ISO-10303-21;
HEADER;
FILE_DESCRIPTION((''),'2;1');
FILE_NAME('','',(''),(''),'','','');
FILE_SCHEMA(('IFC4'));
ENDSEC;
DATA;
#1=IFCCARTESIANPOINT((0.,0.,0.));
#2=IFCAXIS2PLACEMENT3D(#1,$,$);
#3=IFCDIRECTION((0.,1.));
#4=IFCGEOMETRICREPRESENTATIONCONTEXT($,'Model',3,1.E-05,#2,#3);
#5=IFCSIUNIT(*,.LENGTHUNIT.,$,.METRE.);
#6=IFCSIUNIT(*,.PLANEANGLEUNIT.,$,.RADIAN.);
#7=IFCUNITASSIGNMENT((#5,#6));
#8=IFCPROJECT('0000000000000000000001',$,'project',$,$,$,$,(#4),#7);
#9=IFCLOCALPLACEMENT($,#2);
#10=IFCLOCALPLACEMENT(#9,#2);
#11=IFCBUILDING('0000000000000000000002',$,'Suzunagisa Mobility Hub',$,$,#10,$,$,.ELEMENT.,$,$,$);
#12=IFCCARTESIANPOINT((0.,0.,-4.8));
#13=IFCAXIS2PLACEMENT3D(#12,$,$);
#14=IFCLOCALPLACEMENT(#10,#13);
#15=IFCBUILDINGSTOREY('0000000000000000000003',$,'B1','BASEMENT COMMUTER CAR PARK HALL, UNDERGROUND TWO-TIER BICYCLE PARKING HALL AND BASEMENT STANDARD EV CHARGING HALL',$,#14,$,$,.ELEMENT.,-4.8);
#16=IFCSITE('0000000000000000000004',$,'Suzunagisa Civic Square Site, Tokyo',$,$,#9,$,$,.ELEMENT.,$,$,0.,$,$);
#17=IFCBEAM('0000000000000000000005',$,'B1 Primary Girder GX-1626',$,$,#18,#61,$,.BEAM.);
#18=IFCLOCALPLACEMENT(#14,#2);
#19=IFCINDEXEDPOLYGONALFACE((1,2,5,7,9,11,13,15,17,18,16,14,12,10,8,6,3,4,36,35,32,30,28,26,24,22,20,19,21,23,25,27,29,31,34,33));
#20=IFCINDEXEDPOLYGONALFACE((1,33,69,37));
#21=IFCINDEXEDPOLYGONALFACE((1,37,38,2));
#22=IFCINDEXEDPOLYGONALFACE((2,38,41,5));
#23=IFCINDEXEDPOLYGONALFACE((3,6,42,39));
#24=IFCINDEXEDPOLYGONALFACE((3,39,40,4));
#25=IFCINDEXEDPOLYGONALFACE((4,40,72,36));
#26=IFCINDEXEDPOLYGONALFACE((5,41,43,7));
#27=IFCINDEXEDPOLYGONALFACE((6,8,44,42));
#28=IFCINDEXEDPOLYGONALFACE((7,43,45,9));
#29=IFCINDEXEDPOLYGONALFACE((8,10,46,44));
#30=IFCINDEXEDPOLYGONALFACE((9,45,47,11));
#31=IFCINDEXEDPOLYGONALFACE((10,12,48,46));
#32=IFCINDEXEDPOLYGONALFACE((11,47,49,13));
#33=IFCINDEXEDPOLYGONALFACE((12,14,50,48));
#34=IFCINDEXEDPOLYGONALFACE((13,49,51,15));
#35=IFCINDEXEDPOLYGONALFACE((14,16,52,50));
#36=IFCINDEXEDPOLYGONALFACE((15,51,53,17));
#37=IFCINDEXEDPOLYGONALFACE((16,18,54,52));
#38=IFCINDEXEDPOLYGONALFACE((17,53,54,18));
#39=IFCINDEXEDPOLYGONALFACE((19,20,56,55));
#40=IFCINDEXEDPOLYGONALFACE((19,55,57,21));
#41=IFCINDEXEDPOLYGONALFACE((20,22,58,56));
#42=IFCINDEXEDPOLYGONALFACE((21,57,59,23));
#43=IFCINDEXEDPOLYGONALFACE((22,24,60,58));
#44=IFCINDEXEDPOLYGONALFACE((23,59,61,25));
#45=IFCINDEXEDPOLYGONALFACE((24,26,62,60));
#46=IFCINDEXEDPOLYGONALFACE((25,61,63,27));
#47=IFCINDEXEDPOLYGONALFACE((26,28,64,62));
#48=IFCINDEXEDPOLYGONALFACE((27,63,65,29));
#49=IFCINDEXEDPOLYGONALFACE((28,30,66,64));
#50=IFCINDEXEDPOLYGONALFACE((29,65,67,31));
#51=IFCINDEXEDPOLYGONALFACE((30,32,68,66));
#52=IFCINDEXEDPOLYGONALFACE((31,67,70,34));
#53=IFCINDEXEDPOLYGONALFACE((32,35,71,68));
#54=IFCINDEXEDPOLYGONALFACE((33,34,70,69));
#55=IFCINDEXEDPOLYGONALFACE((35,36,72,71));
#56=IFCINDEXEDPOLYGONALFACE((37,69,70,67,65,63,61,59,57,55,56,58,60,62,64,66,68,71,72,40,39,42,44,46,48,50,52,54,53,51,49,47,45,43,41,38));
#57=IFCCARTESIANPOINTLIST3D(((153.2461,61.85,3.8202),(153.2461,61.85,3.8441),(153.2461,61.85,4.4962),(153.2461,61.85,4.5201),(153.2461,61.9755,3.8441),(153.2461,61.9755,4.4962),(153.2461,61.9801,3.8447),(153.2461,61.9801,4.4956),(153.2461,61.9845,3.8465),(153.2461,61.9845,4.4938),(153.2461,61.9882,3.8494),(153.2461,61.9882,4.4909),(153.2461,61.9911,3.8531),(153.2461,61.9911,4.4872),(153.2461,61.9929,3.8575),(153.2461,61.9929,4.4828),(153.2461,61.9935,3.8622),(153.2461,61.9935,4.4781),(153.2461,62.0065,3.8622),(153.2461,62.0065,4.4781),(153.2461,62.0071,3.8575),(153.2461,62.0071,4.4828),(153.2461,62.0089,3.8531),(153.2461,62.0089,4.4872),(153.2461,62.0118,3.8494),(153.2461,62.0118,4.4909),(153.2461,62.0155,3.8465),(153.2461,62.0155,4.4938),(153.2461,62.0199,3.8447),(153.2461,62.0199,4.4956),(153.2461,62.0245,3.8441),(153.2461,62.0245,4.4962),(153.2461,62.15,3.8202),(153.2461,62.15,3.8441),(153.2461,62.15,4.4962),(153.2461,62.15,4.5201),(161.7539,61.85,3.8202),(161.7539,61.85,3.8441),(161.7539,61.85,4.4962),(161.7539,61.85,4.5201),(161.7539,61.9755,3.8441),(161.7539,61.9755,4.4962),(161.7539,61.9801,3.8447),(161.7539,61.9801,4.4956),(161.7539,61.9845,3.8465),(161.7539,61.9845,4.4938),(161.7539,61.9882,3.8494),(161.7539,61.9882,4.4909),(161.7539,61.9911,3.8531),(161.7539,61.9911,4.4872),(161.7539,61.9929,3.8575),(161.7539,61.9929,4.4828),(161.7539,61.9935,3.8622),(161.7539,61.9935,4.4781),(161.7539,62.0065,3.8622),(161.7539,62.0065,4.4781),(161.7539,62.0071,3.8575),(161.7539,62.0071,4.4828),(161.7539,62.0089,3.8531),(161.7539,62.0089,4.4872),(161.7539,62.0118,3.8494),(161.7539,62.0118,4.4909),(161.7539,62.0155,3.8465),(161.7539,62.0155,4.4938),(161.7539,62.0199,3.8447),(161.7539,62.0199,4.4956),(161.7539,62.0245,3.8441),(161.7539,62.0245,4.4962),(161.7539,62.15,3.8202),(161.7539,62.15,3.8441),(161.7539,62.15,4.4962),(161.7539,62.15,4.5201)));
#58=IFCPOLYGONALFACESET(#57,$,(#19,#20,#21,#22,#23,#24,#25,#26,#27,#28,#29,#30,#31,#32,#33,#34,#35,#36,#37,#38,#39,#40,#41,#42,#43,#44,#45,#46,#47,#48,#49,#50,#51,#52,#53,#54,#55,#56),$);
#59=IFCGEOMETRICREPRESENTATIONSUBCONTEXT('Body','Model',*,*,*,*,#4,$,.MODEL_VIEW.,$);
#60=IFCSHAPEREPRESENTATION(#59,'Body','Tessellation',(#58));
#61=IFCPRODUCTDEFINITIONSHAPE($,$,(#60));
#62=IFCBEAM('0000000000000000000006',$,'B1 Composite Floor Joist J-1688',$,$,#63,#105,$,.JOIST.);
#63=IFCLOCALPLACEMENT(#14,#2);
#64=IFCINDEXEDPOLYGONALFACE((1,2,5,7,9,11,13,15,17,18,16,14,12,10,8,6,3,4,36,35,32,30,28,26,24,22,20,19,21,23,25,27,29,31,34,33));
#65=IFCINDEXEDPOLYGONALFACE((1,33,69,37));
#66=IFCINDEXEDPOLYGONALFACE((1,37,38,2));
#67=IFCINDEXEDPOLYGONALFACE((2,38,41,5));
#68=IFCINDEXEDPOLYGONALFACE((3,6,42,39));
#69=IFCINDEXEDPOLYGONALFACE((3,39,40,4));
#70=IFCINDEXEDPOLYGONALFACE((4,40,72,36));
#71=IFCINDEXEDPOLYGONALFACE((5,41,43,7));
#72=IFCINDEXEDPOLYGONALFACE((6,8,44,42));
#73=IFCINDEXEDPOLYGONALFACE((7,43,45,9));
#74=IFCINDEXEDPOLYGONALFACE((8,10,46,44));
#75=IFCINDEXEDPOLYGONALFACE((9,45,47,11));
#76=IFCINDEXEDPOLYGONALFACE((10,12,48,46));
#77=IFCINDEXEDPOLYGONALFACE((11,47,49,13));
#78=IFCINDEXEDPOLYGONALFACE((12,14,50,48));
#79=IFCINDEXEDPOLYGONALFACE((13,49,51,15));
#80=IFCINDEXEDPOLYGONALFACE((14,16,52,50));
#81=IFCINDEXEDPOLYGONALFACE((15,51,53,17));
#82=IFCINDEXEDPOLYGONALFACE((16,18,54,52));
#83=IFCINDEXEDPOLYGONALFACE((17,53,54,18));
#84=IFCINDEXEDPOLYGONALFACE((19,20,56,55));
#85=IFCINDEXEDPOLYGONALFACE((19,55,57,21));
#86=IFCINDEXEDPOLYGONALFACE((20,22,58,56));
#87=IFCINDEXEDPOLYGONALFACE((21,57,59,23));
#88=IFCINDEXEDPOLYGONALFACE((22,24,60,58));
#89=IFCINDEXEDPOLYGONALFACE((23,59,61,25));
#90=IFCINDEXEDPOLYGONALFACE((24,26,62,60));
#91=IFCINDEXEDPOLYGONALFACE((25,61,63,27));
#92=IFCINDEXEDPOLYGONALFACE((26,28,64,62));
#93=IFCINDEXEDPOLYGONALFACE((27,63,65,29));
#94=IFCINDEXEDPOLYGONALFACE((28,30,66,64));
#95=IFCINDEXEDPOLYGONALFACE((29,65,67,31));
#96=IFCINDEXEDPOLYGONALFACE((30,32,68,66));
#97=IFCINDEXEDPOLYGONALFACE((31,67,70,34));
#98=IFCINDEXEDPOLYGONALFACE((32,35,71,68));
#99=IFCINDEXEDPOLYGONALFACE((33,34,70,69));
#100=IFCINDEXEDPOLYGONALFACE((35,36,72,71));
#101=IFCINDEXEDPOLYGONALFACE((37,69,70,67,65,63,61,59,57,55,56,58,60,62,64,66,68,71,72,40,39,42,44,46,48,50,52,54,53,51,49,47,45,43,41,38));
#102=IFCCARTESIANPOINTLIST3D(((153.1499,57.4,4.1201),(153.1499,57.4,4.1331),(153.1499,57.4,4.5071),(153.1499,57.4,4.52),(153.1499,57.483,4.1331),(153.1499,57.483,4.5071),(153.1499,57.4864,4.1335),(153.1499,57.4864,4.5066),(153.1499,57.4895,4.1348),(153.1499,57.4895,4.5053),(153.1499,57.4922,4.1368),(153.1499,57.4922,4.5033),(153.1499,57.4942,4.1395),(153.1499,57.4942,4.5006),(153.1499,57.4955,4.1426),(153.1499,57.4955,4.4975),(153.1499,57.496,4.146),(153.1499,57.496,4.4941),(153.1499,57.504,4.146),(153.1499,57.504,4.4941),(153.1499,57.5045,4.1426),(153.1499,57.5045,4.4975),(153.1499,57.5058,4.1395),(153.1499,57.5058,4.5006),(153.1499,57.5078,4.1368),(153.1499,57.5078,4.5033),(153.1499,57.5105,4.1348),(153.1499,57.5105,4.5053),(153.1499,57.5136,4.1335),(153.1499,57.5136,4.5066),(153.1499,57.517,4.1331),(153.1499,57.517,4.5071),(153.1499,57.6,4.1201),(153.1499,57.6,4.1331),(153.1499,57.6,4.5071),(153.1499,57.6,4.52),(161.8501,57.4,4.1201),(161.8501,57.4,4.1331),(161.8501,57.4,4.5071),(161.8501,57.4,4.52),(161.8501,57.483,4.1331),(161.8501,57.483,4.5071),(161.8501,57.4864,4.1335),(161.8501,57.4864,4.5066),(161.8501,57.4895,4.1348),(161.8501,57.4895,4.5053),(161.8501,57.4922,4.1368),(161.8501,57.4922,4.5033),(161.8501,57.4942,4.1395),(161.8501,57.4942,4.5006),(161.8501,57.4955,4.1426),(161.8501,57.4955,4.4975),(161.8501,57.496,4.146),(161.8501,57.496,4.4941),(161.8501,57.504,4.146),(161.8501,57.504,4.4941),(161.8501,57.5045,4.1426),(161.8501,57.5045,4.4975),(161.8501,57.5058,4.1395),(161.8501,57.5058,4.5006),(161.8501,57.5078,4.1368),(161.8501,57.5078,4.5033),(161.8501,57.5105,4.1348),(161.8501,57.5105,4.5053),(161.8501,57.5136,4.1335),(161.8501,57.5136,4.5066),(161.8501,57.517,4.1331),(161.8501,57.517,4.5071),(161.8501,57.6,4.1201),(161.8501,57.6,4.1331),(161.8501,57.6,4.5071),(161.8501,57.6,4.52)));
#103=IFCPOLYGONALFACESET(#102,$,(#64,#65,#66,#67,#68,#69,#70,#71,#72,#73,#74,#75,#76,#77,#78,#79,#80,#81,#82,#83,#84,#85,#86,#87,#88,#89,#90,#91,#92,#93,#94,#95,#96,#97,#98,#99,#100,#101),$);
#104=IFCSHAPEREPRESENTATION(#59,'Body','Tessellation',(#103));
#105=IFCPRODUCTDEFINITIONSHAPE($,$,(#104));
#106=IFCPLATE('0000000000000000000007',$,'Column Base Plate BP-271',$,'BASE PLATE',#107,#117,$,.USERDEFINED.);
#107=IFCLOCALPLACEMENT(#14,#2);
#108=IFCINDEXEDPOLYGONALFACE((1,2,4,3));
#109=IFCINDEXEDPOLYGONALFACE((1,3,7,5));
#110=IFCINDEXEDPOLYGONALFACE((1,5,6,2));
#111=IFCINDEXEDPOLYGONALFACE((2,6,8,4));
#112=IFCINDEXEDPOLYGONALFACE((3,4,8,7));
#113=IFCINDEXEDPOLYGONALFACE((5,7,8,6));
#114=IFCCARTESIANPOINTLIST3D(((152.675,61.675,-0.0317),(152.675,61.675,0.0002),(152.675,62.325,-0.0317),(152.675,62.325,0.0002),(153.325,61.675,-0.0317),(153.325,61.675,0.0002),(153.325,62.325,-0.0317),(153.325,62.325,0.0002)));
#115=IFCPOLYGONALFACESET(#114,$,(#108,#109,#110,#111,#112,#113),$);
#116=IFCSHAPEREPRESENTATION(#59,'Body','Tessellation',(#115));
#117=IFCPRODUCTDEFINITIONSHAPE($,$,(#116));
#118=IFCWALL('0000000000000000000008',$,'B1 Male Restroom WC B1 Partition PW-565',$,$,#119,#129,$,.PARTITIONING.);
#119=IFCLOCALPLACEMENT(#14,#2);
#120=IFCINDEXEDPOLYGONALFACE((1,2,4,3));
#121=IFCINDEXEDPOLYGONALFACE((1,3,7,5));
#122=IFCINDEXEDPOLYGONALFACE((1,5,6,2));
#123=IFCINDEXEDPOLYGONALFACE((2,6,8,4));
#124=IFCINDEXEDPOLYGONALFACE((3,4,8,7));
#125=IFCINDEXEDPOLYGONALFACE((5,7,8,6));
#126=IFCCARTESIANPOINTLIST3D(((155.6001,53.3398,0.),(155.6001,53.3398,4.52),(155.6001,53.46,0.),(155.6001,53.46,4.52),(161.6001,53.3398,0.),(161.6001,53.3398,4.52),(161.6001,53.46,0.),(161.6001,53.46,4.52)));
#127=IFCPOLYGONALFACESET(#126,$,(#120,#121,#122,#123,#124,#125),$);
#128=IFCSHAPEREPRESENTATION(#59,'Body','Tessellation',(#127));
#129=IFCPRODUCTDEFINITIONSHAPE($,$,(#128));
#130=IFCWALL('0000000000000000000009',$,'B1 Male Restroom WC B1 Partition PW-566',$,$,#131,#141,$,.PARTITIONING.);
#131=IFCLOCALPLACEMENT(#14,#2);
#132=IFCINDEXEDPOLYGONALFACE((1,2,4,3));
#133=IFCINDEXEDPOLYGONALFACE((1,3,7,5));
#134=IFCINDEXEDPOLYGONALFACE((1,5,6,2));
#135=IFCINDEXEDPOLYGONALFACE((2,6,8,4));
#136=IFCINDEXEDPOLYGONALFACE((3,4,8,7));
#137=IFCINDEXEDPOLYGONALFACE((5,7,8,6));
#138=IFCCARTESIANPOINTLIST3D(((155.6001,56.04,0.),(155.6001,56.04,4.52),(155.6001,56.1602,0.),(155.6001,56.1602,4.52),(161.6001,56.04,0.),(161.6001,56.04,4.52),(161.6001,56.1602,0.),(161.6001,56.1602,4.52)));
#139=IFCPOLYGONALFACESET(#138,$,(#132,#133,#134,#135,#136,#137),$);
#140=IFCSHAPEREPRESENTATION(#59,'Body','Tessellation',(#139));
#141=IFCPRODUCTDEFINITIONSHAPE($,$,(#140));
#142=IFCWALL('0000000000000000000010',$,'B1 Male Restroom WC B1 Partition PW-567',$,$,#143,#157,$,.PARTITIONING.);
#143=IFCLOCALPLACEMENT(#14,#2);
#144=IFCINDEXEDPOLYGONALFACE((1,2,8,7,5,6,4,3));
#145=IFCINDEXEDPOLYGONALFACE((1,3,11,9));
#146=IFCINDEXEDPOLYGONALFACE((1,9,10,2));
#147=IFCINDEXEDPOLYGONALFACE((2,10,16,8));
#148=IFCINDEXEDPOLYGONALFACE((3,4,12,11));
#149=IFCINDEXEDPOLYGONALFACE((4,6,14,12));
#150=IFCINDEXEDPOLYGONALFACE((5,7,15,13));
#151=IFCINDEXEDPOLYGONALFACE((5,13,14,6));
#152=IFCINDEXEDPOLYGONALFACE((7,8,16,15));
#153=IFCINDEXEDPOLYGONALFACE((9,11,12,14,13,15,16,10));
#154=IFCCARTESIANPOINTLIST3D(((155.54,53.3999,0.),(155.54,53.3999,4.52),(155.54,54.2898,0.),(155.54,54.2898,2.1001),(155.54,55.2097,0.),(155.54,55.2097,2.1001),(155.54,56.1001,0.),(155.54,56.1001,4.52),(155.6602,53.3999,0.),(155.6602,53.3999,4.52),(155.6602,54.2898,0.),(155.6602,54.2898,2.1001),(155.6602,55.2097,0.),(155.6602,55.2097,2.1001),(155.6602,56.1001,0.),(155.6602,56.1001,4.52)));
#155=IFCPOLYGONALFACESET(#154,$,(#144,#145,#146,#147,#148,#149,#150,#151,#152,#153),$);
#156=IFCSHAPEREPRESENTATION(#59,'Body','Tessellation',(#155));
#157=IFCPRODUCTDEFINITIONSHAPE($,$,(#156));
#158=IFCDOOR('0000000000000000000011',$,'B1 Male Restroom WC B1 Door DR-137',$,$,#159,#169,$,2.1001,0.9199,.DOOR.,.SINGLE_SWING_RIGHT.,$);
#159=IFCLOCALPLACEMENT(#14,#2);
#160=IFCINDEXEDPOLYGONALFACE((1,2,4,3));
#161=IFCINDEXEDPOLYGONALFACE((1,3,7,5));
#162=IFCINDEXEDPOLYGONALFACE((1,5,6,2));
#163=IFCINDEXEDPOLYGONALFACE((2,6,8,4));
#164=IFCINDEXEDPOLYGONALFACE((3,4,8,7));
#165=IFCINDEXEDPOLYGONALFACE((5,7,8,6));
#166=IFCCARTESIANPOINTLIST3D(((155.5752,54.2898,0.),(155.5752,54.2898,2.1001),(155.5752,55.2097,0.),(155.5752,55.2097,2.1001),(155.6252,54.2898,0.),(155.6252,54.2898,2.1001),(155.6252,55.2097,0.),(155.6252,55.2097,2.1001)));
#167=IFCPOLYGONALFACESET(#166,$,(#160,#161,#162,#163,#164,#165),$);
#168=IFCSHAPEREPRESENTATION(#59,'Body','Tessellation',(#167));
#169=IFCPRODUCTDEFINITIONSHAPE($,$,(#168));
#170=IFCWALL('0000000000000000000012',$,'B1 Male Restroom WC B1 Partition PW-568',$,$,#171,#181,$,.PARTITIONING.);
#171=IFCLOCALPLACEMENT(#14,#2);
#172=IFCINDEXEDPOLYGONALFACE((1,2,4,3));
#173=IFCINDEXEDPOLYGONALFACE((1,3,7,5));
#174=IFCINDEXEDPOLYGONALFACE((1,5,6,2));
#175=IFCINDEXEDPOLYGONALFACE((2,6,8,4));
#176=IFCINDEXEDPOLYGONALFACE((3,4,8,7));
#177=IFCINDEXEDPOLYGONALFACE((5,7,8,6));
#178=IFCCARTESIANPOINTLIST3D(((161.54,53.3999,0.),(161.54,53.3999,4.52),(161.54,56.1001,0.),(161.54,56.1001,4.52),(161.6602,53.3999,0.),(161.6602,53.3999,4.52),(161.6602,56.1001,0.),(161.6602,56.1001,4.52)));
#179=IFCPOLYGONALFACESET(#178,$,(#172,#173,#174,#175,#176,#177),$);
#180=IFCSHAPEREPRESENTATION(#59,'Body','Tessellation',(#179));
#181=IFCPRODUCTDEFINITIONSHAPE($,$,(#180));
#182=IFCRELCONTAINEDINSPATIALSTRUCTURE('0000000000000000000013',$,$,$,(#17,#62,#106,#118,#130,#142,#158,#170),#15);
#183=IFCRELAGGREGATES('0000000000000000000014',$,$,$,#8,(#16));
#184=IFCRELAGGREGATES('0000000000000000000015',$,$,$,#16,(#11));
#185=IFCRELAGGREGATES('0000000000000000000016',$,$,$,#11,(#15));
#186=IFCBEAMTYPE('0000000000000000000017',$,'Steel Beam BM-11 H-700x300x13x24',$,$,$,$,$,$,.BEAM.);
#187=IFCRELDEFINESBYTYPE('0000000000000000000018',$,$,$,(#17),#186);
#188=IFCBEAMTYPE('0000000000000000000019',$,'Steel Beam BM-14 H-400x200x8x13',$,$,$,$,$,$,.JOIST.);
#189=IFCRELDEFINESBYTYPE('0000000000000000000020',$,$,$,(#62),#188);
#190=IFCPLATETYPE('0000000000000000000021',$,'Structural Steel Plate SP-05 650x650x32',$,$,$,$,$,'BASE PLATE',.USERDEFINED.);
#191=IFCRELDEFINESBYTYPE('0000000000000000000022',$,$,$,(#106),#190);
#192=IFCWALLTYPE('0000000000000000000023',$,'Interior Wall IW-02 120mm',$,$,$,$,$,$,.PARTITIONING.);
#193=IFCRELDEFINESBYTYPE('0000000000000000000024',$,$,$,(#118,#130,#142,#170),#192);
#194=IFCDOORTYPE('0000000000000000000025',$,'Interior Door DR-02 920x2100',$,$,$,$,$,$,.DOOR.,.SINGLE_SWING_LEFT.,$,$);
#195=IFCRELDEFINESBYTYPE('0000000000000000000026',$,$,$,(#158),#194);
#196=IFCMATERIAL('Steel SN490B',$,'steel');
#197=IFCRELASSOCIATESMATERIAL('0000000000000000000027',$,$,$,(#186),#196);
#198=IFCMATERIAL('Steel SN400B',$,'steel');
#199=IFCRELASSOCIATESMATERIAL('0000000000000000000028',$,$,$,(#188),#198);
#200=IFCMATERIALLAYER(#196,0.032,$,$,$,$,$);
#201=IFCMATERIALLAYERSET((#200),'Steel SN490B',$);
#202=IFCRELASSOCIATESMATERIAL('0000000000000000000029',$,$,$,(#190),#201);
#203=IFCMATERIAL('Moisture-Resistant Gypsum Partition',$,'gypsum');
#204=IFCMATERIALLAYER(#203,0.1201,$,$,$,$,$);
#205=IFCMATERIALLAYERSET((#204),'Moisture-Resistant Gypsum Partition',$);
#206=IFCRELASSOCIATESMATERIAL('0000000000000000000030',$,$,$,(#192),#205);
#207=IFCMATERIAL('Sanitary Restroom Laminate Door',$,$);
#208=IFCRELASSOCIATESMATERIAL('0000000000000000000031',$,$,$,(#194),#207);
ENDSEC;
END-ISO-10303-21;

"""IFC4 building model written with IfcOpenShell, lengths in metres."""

from ifc_helpers import new_model, si_unit, direction, frame, frame_2d, origin, origin_2d, place, context, subcontext, project, spatial, rectangle, i_section, extrude, material, layer, layer_set, material_profile, profile_set, type_object, element, fill, save


model = new_model("IFC4")

# Units and contexts
model_context = context("Model", 3, precision=1e-05, world=origin(), true_north=direction((0.0, 1.0)))
body_context = subcontext(model_context, "Body", "Model", "MODEL_VIEW")
ifc_project = project(units=[si_unit("LENGTHUNIT", "METRE"), si_unit("PLANEANGLEUNIT", "RADIAN")], contexts=[model_context])

# Site, building, storey
site_placement = place(None, origin())
site = spatial("IfcSite", under=ifc_project, at=site_placement, Name="Suzunagisa Civic Square Site, Tokyo", CompositionType="ELEMENT", RefElevation=0.0)
building_placement = place(site_placement, origin())
building = spatial("IfcBuilding", under=site, at=building_placement, Name="Suzunagisa Mobility Hub", CompositionType="ELEMENT")
storey_placement = place(building_placement, frame((0.0, 0.0, -4.8)))
storey = spatial("IfcBuildingStorey", under=building, at=storey_placement, Name="B1", Description="BASEMENT COMMUTER CAR PARK HALL, UNDERGROUND TWO-TIER BICYCLE PARKING HALL AND BASEMENT STANDARD EV CHARGING HALL", CompositionType="ELEMENT", Elevation=-4.8)

# Shared definitions
ifc_material_1 = material(Name="Steel SN490B", Category="steel")

# Beams
ifc_material_profile_1 = material_profile(ifc_material_1, i_section(OverallWidth=0.3, OverallDepth=0.7, WebThickness=0.0129, FlangeThickness=0.0239, FilletRadius=0.0181, at=origin_2d()), Name="H-700x300x13x24")
ifc_profile_set_1 = profile_set([ifc_material_profile_1], Name="Steel SN490B")
beam_type_1 = type_object("IfcBeamType", Name="Steel Beam BM-11 H-700x300x13x24", PredefinedType="BEAM", material=ifc_profile_set_1)
for number, where, z_axis, x_axis, name in (
    (1, (153.2461, 62.0, 4.1702), (1.0, 0.0, 0.0), (0.0, 1.0, 0.0), "B1 Primary Girder GX-1626"),
):
    element("IfcBeam", number, at=place(storey_placement, frame(where, z_axis=z_axis, x_axis=x_axis)), inside=storey, type_object=beam_type_1, Name=name, PredefinedType="BEAM", context=body_context, shape_type="SweptSolid", body=[
        extrude(i_section(OverallWidth=0.3, OverallDepth=0.7, WebThickness=0.0129, FlangeThickness=0.0239, FilletRadius=0.0181, at=origin_2d()), origin(), (0.0, 0.0, 1.0), 8.5078),
    ])
ifc_material_2 = material(Name="Steel SN400B", Category="steel")
ifc_material_profile_2 = material_profile(ifc_material_2, i_section(OverallWidth=0.2, OverallDepth=0.3999, WebThickness=0.0081, FlangeThickness=0.0129, FilletRadius=0.0129, at=origin_2d()), Name="H-400x200x8x13")
ifc_profile_set_2 = profile_set([ifc_material_profile_2], Name="Steel SN400B")
beam_type_2 = type_object("IfcBeamType", Name="Steel Beam BM-14 H-400x200x8x13", PredefinedType="JOIST", material=ifc_profile_set_2)
beam_placement = place(storey_placement, frame((153.1499, 57.5, 4.3201), z_axis=(1.0, 0.0, 0.0), x_axis=(0.0, 1.0, 0.0)))
element("IfcBeam", 2, at=beam_placement, inside=storey, type_object=beam_type_2, Name="B1 Composite Floor Joist J-1688", PredefinedType="JOIST", context=body_context, shape_type="SweptSolid", body=[
    extrude(i_section(OverallWidth=0.2, OverallDepth=0.3999, WebThickness=0.0081, FlangeThickness=0.0129, FilletRadius=0.0129, at=origin_2d()), origin(), (0.0, 0.0, 1.0), 8.7002),
])

# Plate
ifc_layer_1 = layer(ifc_material_1, 0.032)
ifc_layer_set_1 = layer_set([ifc_layer_1], Name="Steel SN490B")
plate_type = type_object("IfcPlateType", Name="Structural Steel Plate SP-05 650x650x32", ElementType="BASE PLATE", PredefinedType="USERDEFINED", material=ifc_layer_set_1)
plate_placement = place(storey_placement, frame((153.0, 62.0, -0.0317), z_axis=(0.0, 0.0, 1.0), x_axis=(1.0, 0.0, 0.0)))
element("IfcPlate", 3, at=plate_placement, inside=storey, type_object=plate_type, Name="Column Base Plate BP-271", ObjectType="BASE PLATE", PredefinedType="USERDEFINED", context=body_context, shape_type="SweptSolid", body=[
    extrude(rectangle(XDim=0.6499, YDim=0.6499, at=origin_2d()), origin(), (0.0, 0.0, 1.0), 0.032),
])

# Walls
ifc_material_3 = material(Name="Moisture-Resistant Gypsum Partition", Category="gypsum")
ifc_layer_2 = layer(ifc_material_3, 0.1201)
ifc_layer_set_2 = layer_set([ifc_layer_2], Name="Moisture-Resistant Gypsum Partition")
wall_type_1 = type_object("IfcWallType", Name="Interior Wall IW-02 120mm", PredefinedType="PARTITIONING", material=ifc_layer_set_2)
for number, where, z_axis, x_axis, name in (
    (4, (155.6001, 53.3999, 0.0), (0.0, 0.0, 1.0), (1.0, 0.0, 0.0), "B1 Male Restroom WC B1 Partition PW-565"),
    (5, (155.6001, 56.1001, 0.0), (0.0, 0.0, 1.0), (1.0, 0.0, 0.0), "B1 Male Restroom WC B1 Partition PW-566"),
):
    element("IfcWall", number, at=place(storey_placement, frame(where, z_axis=z_axis, x_axis=x_axis)), inside=storey, type_object=wall_type_1, Name=name, PredefinedType="PARTITIONING", context=body_context, shape_type="SweptSolid", body=[
        extrude(rectangle(XDim=6.0, YDim=0.1201, at=frame_2d((3.0, 0.0))), origin(), (0.0, 0.0, 1.0), 4.52),
    ])

# Wall, opening, door
wall_1_placement = place(storey_placement, frame((155.6001, 53.3999, 0.0), z_axis=(0.0, 0.0, 1.0), x_axis=(0.0, 1.0, 0.0)))
wall_1 = element("IfcWall", 6, at=wall_1_placement, inside=storey, type_object=wall_type_1, Name="B1 Male Restroom WC B1 Partition PW-567", PredefinedType="PARTITIONING", context=body_context, shape_type="SweptSolid", body=[
    extrude(rectangle(XDim=2.7002, YDim=0.1201, at=frame_2d((1.3501, 0.0))), origin(), (0.0, 0.0, 1.0), 4.52),
])
opening_1_placement = place(wall_1_placement, frame((0.8899, 0.0, 0.0)))
opening_1 = element("IfcOpeningElement", 7, at=opening_1_placement, cuts=wall_1, PredefinedType="OPENING", context=body_context, shape_type="SweptSolid", body=[
    extrude(rectangle(XDim=0.9199, YDim=2.1001, at=frame_2d((0.46, 1.05))), frame((0.0, 0.071, 0.0), z_axis=(0.0, -1.0, 0.0), x_axis=(1.0, 0.0, 0.0)), (0.0, 0.0, 1.0), 0.1421),
])
ifc_material_4 = material(Name="Sanitary Restroom Laminate Door")
door_type_1 = type_object("IfcDoorType", Name="Interior Door DR-02 920x2100", OperationType="SINGLE_SWING_LEFT", PredefinedType="DOOR", material=ifc_material_4)
door_1_placement = place(opening_1_placement, origin())
door_1 = element("IfcDoor", 8, at=door_1_placement, inside=storey, type_object=door_type_1, Name="B1 Male Restroom WC B1 Door DR-137", OperationType="SINGLE_SWING_RIGHT", OverallHeight=2.1001, OverallWidth=0.9199, PredefinedType="DOOR", context=body_context, shape_type="SweptSolid", body=[
    extrude(rectangle(XDim=0.9199, YDim=2.1001, at=frame_2d((0.46, 1.05))), frame((0.0, 0.0249, 0.0), z_axis=(0.0, -1.0, 0.0), x_axis=(1.0, 0.0, 0.0)), (0.0, 0.0, 1.0), 0.05),
])
fill(opening_1, door_1)

# Wall
wall_2_placement = place(storey_placement, frame((161.6001, 53.3999, 0.0), z_axis=(0.0, 0.0, 1.0), x_axis=(0.0, 1.0, 0.0)))
element("IfcWall", 9, at=wall_2_placement, inside=storey, type_object=wall_type_1, Name="B1 Male Restroom WC B1 Partition PW-568", PredefinedType="PARTITIONING", context=body_context, shape_type="SweptSolid", body=[
    extrude(rectangle(XDim=2.7002, YDim=0.1201, at=frame_2d((1.3501, 0.0))), origin(), (0.0, 0.0, 1.0), 4.52),
])

save(model, "model.ifc")
